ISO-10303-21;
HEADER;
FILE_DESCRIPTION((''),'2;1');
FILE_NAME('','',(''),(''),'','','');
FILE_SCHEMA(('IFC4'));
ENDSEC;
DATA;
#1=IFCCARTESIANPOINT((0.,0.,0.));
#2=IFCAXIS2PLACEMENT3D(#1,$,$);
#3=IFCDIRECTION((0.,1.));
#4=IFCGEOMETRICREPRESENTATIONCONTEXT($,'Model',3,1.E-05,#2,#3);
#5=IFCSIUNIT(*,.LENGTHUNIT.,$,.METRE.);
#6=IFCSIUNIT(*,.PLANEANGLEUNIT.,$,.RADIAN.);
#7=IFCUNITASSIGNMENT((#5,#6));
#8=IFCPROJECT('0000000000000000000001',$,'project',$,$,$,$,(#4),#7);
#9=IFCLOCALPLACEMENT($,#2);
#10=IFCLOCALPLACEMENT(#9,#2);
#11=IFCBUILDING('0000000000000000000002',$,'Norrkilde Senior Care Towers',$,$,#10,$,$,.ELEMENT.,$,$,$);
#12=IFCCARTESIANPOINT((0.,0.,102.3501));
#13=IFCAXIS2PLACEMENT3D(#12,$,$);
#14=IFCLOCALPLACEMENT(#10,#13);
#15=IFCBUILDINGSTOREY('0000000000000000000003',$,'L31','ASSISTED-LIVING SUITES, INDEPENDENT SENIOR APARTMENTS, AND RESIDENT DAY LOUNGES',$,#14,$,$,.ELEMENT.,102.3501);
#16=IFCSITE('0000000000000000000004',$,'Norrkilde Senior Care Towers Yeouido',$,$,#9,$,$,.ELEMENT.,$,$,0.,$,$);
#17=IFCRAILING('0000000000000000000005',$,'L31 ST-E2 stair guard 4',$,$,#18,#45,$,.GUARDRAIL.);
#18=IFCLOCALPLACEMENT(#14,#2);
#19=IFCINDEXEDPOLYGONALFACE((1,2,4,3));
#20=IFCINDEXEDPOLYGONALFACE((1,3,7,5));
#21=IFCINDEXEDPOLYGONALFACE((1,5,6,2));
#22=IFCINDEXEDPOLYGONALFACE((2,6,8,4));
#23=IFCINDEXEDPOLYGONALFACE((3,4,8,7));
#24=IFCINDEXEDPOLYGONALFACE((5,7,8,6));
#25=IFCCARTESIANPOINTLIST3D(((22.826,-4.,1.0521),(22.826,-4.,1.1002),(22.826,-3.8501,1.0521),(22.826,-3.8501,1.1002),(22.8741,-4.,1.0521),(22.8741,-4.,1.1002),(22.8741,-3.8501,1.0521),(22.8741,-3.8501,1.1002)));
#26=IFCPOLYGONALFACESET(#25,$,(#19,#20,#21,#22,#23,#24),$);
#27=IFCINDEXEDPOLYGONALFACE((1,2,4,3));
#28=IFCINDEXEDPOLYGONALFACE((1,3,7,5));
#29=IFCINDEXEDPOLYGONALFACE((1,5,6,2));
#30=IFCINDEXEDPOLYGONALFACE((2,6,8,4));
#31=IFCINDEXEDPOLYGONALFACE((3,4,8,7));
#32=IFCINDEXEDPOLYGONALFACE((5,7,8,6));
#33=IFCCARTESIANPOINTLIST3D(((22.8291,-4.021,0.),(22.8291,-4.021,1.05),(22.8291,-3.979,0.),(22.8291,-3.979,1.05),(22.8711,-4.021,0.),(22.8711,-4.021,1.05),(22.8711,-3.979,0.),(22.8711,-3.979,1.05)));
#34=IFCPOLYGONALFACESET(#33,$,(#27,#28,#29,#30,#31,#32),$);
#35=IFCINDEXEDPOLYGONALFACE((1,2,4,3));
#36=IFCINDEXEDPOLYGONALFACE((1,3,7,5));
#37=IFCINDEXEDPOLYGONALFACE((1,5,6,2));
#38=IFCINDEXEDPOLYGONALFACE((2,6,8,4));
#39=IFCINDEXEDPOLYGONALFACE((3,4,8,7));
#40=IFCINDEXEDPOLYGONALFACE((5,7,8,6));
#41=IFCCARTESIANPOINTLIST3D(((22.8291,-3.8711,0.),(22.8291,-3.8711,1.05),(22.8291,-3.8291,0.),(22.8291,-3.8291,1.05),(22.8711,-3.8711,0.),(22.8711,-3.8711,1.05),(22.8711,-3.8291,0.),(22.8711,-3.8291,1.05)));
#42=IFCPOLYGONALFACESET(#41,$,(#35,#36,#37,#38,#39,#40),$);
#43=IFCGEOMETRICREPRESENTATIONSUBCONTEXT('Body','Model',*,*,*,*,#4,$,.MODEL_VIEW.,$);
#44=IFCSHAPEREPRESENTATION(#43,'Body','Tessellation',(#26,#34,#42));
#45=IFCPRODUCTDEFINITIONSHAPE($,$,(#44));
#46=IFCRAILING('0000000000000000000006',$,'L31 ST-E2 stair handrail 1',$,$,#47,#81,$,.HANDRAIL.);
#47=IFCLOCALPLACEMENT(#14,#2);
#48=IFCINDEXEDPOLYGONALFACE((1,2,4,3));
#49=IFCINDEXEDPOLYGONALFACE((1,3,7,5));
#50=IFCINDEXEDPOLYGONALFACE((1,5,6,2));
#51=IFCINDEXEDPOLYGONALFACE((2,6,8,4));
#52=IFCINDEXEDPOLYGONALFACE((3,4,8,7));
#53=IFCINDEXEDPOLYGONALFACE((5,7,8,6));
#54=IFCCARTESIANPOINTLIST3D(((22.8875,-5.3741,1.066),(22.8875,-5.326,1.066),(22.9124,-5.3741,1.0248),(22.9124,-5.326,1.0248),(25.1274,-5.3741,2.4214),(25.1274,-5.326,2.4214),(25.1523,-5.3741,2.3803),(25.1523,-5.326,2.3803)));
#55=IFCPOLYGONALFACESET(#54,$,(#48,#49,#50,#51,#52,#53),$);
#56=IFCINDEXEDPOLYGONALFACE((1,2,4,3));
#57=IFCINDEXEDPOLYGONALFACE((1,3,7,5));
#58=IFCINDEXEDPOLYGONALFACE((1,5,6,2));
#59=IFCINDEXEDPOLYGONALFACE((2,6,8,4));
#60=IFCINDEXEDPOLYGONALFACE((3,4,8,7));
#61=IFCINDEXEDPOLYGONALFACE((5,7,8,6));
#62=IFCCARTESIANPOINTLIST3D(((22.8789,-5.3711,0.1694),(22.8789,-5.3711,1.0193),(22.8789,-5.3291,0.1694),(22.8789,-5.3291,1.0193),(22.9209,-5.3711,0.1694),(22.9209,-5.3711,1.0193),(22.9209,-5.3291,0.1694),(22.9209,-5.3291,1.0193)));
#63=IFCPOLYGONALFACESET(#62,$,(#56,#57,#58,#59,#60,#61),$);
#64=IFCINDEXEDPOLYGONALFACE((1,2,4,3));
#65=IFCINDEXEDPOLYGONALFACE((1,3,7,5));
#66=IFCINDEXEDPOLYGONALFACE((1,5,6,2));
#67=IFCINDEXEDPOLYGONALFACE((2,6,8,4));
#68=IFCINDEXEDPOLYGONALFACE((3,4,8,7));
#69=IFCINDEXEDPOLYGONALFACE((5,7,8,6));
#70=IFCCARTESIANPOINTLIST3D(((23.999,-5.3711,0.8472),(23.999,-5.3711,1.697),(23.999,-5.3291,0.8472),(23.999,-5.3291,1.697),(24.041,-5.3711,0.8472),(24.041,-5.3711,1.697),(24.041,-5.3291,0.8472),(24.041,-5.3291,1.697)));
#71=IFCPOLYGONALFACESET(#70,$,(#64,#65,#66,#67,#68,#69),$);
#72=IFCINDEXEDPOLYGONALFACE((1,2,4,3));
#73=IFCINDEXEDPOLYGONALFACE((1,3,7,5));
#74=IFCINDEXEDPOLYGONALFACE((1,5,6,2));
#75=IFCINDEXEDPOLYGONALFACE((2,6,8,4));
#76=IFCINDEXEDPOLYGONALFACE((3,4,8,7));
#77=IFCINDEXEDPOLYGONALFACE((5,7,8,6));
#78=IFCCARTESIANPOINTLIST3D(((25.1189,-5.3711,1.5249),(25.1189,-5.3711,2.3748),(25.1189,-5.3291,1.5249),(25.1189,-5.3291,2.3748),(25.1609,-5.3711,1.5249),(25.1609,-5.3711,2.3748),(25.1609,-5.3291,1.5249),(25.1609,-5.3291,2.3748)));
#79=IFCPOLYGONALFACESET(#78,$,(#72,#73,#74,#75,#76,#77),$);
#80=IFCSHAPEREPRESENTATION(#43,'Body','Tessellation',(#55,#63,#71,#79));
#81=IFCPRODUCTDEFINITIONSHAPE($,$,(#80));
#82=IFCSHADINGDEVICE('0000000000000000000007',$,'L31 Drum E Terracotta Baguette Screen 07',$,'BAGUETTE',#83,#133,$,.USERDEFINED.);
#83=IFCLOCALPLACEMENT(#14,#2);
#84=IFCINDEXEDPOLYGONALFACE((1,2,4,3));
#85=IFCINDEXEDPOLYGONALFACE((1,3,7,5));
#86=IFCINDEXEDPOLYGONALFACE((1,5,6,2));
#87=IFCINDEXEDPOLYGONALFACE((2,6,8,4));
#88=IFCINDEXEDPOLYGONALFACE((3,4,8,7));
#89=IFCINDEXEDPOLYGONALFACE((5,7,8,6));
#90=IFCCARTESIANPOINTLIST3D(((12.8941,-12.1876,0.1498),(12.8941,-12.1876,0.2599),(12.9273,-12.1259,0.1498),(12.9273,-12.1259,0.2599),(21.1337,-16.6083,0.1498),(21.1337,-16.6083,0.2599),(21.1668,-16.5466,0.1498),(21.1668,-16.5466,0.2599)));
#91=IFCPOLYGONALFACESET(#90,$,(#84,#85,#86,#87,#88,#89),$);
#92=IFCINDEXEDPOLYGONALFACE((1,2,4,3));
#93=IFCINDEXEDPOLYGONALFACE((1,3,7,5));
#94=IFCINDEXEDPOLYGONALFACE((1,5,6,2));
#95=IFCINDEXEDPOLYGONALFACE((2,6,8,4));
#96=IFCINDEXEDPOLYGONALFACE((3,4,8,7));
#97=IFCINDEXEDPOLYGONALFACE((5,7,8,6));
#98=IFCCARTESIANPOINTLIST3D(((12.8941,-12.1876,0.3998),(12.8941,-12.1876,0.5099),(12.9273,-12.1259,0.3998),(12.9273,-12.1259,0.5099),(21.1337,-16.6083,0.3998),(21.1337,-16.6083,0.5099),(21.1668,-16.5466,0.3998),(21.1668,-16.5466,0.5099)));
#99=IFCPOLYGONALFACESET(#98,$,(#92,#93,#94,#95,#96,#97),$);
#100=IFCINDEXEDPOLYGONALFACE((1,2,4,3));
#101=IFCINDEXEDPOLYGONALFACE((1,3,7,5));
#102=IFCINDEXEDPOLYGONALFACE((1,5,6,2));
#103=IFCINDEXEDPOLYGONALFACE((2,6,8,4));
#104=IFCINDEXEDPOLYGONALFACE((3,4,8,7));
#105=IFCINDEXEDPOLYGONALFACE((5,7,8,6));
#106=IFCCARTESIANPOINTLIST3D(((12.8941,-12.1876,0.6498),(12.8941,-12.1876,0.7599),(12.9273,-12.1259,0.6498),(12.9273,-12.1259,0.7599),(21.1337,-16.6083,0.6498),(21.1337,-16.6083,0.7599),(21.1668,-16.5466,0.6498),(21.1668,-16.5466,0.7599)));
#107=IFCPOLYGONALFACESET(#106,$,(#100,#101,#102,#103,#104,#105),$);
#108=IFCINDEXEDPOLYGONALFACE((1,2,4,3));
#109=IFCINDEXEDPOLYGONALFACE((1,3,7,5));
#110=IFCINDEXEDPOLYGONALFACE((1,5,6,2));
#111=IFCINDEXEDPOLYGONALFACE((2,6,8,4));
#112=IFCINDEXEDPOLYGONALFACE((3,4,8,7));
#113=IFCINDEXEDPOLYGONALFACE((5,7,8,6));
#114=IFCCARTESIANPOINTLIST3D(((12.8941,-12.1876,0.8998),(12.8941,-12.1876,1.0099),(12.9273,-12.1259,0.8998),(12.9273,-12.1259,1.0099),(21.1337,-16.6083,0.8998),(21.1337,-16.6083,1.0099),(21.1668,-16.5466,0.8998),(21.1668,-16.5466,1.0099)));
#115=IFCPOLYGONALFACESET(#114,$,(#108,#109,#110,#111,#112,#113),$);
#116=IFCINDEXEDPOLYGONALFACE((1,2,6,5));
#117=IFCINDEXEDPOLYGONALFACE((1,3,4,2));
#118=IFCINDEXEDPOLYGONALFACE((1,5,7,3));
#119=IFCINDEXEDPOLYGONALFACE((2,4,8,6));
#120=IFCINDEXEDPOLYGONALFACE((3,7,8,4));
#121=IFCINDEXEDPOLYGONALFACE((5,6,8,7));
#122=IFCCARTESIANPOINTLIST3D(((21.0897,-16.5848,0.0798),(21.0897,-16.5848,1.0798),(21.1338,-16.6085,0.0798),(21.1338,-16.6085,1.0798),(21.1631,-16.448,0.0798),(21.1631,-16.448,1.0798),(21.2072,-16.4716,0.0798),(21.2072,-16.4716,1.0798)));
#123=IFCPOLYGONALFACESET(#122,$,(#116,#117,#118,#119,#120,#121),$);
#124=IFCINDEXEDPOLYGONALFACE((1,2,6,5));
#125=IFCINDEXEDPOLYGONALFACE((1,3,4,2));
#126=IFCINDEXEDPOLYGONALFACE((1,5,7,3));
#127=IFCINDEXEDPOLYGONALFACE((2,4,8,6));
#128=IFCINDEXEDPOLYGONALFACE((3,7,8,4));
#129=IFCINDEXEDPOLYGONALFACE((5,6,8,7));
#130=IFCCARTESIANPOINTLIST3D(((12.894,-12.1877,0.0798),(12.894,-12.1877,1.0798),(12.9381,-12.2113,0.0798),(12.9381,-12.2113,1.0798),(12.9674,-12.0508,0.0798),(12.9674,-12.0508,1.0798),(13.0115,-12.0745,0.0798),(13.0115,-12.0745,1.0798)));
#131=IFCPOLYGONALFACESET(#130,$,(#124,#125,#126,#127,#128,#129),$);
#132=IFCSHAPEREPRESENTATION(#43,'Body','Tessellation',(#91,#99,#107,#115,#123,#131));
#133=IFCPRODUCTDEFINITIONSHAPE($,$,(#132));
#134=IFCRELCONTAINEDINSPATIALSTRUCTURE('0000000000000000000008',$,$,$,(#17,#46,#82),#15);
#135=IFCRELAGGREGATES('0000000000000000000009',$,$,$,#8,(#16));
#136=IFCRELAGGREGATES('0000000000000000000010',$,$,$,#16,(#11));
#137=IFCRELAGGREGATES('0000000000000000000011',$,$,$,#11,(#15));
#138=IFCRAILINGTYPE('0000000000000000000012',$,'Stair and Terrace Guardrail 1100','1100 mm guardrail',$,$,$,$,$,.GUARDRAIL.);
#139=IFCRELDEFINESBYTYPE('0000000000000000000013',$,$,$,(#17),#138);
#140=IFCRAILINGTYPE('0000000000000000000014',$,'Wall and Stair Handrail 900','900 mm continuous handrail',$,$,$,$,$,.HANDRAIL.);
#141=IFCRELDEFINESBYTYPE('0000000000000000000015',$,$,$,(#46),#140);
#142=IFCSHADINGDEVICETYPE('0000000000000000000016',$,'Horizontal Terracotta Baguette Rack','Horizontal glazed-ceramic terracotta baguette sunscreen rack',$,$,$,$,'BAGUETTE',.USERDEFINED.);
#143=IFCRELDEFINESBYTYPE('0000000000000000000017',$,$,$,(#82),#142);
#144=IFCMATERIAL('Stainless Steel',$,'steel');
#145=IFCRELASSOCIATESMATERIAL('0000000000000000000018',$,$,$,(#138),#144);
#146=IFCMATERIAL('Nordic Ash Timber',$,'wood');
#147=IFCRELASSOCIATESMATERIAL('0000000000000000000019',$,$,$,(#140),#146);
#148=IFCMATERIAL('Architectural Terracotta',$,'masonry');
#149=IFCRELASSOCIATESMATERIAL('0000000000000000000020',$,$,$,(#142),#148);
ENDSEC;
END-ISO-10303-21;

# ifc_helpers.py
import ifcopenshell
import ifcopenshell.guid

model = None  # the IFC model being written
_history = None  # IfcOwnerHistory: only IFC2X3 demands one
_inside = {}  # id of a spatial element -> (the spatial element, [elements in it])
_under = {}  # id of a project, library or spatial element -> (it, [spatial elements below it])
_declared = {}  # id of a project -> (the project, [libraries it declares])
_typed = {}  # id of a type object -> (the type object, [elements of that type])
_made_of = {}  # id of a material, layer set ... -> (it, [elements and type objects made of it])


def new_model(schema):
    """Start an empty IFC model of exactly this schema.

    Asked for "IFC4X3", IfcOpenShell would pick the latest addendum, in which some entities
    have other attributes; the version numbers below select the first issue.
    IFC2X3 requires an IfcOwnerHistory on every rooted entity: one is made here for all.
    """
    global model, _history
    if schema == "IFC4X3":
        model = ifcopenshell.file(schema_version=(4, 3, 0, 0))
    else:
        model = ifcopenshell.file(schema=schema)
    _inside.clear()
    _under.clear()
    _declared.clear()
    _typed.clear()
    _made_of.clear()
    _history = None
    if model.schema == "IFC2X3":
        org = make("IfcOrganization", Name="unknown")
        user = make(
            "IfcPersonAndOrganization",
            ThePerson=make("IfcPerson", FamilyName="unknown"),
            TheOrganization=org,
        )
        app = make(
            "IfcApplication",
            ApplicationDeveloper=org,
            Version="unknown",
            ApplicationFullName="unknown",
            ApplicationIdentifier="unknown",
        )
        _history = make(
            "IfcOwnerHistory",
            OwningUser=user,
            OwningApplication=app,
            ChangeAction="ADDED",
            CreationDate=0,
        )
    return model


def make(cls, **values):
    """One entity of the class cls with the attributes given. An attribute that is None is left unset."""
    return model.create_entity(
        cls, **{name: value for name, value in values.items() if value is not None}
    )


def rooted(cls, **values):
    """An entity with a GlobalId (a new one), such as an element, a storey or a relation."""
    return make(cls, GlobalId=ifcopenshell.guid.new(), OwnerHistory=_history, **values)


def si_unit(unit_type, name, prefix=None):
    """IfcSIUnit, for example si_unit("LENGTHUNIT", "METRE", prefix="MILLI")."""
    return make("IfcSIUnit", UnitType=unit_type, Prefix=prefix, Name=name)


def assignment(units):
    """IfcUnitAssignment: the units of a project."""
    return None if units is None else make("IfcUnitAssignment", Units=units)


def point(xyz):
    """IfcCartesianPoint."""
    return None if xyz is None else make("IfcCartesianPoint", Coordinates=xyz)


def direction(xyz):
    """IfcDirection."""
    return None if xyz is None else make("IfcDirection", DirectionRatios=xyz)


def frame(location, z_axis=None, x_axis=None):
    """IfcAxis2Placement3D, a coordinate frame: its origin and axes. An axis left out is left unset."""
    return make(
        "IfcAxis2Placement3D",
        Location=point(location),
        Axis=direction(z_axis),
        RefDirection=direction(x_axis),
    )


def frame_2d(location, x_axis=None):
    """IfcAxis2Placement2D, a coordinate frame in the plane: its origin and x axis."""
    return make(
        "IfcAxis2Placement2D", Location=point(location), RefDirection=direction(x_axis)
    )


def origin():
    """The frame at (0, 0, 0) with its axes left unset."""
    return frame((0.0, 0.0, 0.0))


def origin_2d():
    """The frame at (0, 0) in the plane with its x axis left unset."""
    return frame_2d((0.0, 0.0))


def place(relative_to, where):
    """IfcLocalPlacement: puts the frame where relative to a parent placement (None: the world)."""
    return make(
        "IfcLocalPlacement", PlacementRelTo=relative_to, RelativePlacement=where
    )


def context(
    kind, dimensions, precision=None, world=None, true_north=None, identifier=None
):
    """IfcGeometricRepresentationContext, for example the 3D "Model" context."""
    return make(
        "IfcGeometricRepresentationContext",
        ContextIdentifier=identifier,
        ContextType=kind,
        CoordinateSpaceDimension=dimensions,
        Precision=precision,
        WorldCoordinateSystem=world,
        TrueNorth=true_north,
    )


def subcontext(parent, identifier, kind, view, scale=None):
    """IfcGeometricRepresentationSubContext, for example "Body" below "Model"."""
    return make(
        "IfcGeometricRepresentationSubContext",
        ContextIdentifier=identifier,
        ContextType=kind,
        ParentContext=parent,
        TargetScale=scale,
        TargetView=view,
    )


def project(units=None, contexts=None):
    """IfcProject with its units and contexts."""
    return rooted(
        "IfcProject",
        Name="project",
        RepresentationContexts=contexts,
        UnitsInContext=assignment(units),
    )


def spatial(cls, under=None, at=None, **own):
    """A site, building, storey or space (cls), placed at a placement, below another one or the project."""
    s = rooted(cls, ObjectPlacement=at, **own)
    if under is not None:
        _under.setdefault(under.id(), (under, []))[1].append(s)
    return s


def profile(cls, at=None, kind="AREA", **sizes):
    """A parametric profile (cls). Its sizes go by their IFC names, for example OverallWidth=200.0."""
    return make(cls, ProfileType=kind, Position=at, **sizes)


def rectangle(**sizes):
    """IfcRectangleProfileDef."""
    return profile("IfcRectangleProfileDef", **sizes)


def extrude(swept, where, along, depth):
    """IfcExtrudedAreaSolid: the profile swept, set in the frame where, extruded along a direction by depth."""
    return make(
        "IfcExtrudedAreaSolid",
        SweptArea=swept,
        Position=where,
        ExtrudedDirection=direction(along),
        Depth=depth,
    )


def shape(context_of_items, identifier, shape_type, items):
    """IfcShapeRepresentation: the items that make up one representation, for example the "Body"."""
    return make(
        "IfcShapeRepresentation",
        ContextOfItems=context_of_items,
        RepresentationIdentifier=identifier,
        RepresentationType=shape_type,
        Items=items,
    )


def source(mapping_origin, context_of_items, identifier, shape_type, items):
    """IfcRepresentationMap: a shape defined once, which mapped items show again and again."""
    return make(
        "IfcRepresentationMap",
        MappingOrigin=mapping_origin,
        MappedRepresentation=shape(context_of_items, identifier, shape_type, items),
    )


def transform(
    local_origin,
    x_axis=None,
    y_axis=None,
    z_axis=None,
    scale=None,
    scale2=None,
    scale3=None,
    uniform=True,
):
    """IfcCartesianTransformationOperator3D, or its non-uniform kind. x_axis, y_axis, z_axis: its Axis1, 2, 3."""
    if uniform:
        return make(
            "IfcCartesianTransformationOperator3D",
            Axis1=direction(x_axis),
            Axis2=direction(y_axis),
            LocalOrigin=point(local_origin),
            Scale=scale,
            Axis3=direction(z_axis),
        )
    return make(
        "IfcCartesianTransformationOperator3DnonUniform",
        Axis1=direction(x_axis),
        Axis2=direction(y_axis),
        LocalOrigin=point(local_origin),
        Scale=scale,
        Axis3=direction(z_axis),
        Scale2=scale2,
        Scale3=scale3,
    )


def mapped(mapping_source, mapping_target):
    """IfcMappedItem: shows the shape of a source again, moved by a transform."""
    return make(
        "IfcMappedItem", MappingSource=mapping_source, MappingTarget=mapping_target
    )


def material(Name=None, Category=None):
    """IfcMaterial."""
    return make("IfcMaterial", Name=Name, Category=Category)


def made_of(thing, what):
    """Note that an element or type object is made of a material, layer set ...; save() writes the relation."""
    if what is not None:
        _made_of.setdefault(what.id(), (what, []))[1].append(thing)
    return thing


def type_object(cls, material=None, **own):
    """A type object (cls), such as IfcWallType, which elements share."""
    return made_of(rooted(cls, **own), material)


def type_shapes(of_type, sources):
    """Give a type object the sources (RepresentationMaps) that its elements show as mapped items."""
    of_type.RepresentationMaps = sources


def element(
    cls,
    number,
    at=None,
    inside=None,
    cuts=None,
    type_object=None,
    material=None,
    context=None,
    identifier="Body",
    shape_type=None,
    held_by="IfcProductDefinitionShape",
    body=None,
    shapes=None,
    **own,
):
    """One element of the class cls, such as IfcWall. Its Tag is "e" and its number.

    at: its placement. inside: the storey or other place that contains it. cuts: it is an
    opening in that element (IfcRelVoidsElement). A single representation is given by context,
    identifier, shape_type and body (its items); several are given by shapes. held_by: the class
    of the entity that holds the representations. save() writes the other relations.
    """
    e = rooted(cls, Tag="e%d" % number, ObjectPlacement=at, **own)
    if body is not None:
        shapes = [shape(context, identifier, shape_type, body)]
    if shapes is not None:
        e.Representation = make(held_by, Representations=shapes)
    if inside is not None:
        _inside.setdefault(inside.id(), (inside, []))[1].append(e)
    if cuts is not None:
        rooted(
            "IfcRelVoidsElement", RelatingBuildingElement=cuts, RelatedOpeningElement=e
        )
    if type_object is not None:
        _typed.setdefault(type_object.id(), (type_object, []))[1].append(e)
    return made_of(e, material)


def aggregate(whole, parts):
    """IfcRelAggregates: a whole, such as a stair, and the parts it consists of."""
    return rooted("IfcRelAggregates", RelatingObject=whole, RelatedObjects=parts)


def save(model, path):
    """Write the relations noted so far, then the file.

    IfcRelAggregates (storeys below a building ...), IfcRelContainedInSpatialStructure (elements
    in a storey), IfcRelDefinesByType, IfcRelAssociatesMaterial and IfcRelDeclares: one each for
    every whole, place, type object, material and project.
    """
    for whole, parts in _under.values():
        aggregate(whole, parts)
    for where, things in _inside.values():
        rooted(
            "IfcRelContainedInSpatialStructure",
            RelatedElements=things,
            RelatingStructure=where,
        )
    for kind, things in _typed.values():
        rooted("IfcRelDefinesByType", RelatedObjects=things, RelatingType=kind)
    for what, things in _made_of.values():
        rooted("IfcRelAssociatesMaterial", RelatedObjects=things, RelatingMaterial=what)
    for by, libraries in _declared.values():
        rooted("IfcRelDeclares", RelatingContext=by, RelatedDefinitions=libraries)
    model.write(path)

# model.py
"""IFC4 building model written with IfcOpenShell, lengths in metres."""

from ifc_helpers import new_model, si_unit, direction, frame, origin, origin_2d, place, context, subcontext, project, spatial, rectangle, extrude, source, transform, mapped, material, type_object, type_shapes, element, save


model = new_model("IFC4")

# Units and contexts
model_context = context("Model", 3, precision=1e-05, world=origin(), true_north=direction((0.0, 1.0)))
body_context = subcontext(model_context, "Body", "Model", "MODEL_VIEW")
ifc_project = project(units=[si_unit("LENGTHUNIT", "METRE"), si_unit("PLANEANGLEUNIT", "RADIAN")], contexts=[model_context])

# Site, building, storey
site_placement = place(None, origin())
site = spatial("IfcSite", under=ifc_project, at=site_placement, Name="Norrkilde Senior Care Towers Yeouido", CompositionType="ELEMENT", RefElevation=0.0)
building_placement = place(site_placement, origin())
building = spatial("IfcBuilding", under=site, at=building_placement, Name="Norrkilde Senior Care Towers", CompositionType="ELEMENT")
storey_placement = place(building_placement, frame((0.0, 0.0, 102.3501)))
storey = spatial("IfcBuildingStorey", under=building, at=storey_placement, Name="L31", Description="ASSISTED-LIVING SUITES, INDEPENDENT SENIOR APARTMENTS, AND RESIDENT DAY LOUNGES", CompositionType="ELEMENT", Elevation=102.3501)

# Shared definitions
ifc_material_1 = material(Name="Nordic Ash Timber", Category="wood")

# Railings
ifc_material_2 = material(Name="Stainless Steel", Category="steel")
railing_type_1 = type_object("IfcRailingType", Name="Stair and Terrace Guardrail 1100", Description="1100 mm guardrail", PredefinedType="GUARDRAIL", material=ifc_material_2)
railing_1_placement = place(storey_placement, frame((22.8501, -4.0, 0.0)))
element("IfcRailing", 1, at=railing_1_placement, inside=storey, type_object=railing_type_1, Name="L31 ST-E2 stair guard 4", PredefinedType="GUARDRAIL", context=body_context, shape_type="SweptSolid", body=[
    extrude(rectangle(XDim=0.0481, YDim=0.0481, at=origin_2d()), frame((0.0, 0.0, 1.0762), z_axis=(0.0, 1.0, 0.0), x_axis=(-1.0, 0.0, 0.0)), (0.0, 0.0, 1.0), 0.1499),
    extrude(rectangle(XDim=0.042, YDim=0.042, at=origin_2d()), origin(), (0.0, 0.0, 1.0), 1.05),
    extrude(rectangle(XDim=0.042, YDim=0.042, at=origin_2d()), frame((0.0, 0.1499, 0.0)), (0.0, 0.0, 1.0), 1.05),
])
railing_type_2 = type_object("IfcRailingType", Name="Wall and Stair Handrail 900", Description="900 mm continuous handrail", PredefinedType="HANDRAIL", material=ifc_material_1)
railing_2_placement = place(storey_placement, frame((22.8999, -5.3501, 0.1694)))
element("IfcRailing", 2, at=railing_2_placement, inside=storey, type_object=railing_type_2, Name="L31 ST-E2 stair handrail 1", PredefinedType="HANDRAIL", context=body_context, shape_type="SweptSolid", body=[
    extrude(rectangle(XDim=0.0481, YDim=0.0481, at=origin_2d()), frame((0.0, 0.0, 0.876), z_axis=(0.855553, 0.0, 0.517715), x_axis=(0.0, 1.0, 0.0)), (0.0, 0.0, 1.0), 2.6182),
    extrude(rectangle(XDim=0.042, YDim=0.042, at=origin_2d()), origin(), (0.0, 0.0, 1.0), 0.8499),
    extrude(rectangle(XDim=0.042, YDim=0.042, at=origin_2d()), frame((1.1201, 0.0, 0.6777)), (0.0, 0.0, 1.0), 0.8499),
    extrude(rectangle(XDim=0.042, YDim=0.042, at=origin_2d()), frame((2.24, 0.0, 1.3555)), (0.0, 0.0, 1.0), 0.8499),
])

# Shading device
ifc_material_3 = material(Name="Architectural Terracotta", Category="masonry")
shading_device_type = type_object("IfcShadingDeviceType", Name="Horizontal Terracotta Baguette Rack", Description="Horizontal glazed-ceramic terracotta baguette sunscreen rack", ElementType="BAGUETTE", PredefinedType="USERDEFINED", material=ifc_material_3)
shared_shape_1 = source(origin(), body_context, "Body", "SweptSolid", [
    extrude(rectangle(XDim=0.0701, YDim=0.1101, at=origin_2d()), frame((0.0, 0.0901, 0.125), z_axis=(1.0, 0.0, 0.0), x_axis=(0.0, 1.0, 0.0)), (0.0, 0.0, 1.0), 9.3506),
    extrude(rectangle(XDim=0.0701, YDim=0.1101, at=origin_2d()), frame((0.0, 0.0901, 0.375), z_axis=(1.0, 0.0, 0.0), x_axis=(0.0, 1.0, 0.0)), (0.0, 0.0, 1.0), 9.3506),
    extrude(rectangle(XDim=0.0701, YDim=0.1101, at=origin_2d()), frame((0.0, 0.0901, 0.625), z_axis=(1.0, 0.0, 0.0), x_axis=(0.0, 1.0, 0.0)), (0.0, 0.0, 1.0), 9.3506),
    extrude(rectangle(XDim=0.0701, YDim=0.1101, at=origin_2d()), frame((0.0, 0.0901, 0.875), z_axis=(1.0, 0.0, 0.0), x_axis=(0.0, 1.0, 0.0)), (0.0, 0.0, 1.0), 9.3506),
    extrude(rectangle(XDim=0.05, YDim=0.1553, at=origin_2d()), frame((0.0249, 0.0476, 0.0)), (0.0, 0.0, 1.0), 1.0),
    extrude(rectangle(XDim=0.05, YDim=0.1553, at=origin_2d()), frame((9.3257, 0.0476, 0.0)), (0.0, 0.0, 1.0), 1.0),
])
type_shapes(shading_device_type, [shared_shape_1])
shading_device_placement = place(storey_placement, frame((21.1929, -16.498, 0.0798), z_axis=(0.0, 0.0, 1.0), x_axis=(-0.881175, 0.472768, 0.0)))
element("IfcShadingDevice", 3, at=shading_device_placement, inside=storey, type_object=shading_device_type, Name="L31 Drum E Terracotta Baguette Screen 07", ObjectType="BAGUETTE", PredefinedType="USERDEFINED", context=body_context, shape_type="MappedRepresentation", body=[
    mapped(shared_shape_1, transform((0.0, 0.0, 0.0), x_axis=(1.0, 0.0, 0.0), y_axis=(0.0, 1.0, 0.0), z_axis=(0.0, 0.0, 1.0), scale=1.0)),
])

save(model, "model.ifc")
